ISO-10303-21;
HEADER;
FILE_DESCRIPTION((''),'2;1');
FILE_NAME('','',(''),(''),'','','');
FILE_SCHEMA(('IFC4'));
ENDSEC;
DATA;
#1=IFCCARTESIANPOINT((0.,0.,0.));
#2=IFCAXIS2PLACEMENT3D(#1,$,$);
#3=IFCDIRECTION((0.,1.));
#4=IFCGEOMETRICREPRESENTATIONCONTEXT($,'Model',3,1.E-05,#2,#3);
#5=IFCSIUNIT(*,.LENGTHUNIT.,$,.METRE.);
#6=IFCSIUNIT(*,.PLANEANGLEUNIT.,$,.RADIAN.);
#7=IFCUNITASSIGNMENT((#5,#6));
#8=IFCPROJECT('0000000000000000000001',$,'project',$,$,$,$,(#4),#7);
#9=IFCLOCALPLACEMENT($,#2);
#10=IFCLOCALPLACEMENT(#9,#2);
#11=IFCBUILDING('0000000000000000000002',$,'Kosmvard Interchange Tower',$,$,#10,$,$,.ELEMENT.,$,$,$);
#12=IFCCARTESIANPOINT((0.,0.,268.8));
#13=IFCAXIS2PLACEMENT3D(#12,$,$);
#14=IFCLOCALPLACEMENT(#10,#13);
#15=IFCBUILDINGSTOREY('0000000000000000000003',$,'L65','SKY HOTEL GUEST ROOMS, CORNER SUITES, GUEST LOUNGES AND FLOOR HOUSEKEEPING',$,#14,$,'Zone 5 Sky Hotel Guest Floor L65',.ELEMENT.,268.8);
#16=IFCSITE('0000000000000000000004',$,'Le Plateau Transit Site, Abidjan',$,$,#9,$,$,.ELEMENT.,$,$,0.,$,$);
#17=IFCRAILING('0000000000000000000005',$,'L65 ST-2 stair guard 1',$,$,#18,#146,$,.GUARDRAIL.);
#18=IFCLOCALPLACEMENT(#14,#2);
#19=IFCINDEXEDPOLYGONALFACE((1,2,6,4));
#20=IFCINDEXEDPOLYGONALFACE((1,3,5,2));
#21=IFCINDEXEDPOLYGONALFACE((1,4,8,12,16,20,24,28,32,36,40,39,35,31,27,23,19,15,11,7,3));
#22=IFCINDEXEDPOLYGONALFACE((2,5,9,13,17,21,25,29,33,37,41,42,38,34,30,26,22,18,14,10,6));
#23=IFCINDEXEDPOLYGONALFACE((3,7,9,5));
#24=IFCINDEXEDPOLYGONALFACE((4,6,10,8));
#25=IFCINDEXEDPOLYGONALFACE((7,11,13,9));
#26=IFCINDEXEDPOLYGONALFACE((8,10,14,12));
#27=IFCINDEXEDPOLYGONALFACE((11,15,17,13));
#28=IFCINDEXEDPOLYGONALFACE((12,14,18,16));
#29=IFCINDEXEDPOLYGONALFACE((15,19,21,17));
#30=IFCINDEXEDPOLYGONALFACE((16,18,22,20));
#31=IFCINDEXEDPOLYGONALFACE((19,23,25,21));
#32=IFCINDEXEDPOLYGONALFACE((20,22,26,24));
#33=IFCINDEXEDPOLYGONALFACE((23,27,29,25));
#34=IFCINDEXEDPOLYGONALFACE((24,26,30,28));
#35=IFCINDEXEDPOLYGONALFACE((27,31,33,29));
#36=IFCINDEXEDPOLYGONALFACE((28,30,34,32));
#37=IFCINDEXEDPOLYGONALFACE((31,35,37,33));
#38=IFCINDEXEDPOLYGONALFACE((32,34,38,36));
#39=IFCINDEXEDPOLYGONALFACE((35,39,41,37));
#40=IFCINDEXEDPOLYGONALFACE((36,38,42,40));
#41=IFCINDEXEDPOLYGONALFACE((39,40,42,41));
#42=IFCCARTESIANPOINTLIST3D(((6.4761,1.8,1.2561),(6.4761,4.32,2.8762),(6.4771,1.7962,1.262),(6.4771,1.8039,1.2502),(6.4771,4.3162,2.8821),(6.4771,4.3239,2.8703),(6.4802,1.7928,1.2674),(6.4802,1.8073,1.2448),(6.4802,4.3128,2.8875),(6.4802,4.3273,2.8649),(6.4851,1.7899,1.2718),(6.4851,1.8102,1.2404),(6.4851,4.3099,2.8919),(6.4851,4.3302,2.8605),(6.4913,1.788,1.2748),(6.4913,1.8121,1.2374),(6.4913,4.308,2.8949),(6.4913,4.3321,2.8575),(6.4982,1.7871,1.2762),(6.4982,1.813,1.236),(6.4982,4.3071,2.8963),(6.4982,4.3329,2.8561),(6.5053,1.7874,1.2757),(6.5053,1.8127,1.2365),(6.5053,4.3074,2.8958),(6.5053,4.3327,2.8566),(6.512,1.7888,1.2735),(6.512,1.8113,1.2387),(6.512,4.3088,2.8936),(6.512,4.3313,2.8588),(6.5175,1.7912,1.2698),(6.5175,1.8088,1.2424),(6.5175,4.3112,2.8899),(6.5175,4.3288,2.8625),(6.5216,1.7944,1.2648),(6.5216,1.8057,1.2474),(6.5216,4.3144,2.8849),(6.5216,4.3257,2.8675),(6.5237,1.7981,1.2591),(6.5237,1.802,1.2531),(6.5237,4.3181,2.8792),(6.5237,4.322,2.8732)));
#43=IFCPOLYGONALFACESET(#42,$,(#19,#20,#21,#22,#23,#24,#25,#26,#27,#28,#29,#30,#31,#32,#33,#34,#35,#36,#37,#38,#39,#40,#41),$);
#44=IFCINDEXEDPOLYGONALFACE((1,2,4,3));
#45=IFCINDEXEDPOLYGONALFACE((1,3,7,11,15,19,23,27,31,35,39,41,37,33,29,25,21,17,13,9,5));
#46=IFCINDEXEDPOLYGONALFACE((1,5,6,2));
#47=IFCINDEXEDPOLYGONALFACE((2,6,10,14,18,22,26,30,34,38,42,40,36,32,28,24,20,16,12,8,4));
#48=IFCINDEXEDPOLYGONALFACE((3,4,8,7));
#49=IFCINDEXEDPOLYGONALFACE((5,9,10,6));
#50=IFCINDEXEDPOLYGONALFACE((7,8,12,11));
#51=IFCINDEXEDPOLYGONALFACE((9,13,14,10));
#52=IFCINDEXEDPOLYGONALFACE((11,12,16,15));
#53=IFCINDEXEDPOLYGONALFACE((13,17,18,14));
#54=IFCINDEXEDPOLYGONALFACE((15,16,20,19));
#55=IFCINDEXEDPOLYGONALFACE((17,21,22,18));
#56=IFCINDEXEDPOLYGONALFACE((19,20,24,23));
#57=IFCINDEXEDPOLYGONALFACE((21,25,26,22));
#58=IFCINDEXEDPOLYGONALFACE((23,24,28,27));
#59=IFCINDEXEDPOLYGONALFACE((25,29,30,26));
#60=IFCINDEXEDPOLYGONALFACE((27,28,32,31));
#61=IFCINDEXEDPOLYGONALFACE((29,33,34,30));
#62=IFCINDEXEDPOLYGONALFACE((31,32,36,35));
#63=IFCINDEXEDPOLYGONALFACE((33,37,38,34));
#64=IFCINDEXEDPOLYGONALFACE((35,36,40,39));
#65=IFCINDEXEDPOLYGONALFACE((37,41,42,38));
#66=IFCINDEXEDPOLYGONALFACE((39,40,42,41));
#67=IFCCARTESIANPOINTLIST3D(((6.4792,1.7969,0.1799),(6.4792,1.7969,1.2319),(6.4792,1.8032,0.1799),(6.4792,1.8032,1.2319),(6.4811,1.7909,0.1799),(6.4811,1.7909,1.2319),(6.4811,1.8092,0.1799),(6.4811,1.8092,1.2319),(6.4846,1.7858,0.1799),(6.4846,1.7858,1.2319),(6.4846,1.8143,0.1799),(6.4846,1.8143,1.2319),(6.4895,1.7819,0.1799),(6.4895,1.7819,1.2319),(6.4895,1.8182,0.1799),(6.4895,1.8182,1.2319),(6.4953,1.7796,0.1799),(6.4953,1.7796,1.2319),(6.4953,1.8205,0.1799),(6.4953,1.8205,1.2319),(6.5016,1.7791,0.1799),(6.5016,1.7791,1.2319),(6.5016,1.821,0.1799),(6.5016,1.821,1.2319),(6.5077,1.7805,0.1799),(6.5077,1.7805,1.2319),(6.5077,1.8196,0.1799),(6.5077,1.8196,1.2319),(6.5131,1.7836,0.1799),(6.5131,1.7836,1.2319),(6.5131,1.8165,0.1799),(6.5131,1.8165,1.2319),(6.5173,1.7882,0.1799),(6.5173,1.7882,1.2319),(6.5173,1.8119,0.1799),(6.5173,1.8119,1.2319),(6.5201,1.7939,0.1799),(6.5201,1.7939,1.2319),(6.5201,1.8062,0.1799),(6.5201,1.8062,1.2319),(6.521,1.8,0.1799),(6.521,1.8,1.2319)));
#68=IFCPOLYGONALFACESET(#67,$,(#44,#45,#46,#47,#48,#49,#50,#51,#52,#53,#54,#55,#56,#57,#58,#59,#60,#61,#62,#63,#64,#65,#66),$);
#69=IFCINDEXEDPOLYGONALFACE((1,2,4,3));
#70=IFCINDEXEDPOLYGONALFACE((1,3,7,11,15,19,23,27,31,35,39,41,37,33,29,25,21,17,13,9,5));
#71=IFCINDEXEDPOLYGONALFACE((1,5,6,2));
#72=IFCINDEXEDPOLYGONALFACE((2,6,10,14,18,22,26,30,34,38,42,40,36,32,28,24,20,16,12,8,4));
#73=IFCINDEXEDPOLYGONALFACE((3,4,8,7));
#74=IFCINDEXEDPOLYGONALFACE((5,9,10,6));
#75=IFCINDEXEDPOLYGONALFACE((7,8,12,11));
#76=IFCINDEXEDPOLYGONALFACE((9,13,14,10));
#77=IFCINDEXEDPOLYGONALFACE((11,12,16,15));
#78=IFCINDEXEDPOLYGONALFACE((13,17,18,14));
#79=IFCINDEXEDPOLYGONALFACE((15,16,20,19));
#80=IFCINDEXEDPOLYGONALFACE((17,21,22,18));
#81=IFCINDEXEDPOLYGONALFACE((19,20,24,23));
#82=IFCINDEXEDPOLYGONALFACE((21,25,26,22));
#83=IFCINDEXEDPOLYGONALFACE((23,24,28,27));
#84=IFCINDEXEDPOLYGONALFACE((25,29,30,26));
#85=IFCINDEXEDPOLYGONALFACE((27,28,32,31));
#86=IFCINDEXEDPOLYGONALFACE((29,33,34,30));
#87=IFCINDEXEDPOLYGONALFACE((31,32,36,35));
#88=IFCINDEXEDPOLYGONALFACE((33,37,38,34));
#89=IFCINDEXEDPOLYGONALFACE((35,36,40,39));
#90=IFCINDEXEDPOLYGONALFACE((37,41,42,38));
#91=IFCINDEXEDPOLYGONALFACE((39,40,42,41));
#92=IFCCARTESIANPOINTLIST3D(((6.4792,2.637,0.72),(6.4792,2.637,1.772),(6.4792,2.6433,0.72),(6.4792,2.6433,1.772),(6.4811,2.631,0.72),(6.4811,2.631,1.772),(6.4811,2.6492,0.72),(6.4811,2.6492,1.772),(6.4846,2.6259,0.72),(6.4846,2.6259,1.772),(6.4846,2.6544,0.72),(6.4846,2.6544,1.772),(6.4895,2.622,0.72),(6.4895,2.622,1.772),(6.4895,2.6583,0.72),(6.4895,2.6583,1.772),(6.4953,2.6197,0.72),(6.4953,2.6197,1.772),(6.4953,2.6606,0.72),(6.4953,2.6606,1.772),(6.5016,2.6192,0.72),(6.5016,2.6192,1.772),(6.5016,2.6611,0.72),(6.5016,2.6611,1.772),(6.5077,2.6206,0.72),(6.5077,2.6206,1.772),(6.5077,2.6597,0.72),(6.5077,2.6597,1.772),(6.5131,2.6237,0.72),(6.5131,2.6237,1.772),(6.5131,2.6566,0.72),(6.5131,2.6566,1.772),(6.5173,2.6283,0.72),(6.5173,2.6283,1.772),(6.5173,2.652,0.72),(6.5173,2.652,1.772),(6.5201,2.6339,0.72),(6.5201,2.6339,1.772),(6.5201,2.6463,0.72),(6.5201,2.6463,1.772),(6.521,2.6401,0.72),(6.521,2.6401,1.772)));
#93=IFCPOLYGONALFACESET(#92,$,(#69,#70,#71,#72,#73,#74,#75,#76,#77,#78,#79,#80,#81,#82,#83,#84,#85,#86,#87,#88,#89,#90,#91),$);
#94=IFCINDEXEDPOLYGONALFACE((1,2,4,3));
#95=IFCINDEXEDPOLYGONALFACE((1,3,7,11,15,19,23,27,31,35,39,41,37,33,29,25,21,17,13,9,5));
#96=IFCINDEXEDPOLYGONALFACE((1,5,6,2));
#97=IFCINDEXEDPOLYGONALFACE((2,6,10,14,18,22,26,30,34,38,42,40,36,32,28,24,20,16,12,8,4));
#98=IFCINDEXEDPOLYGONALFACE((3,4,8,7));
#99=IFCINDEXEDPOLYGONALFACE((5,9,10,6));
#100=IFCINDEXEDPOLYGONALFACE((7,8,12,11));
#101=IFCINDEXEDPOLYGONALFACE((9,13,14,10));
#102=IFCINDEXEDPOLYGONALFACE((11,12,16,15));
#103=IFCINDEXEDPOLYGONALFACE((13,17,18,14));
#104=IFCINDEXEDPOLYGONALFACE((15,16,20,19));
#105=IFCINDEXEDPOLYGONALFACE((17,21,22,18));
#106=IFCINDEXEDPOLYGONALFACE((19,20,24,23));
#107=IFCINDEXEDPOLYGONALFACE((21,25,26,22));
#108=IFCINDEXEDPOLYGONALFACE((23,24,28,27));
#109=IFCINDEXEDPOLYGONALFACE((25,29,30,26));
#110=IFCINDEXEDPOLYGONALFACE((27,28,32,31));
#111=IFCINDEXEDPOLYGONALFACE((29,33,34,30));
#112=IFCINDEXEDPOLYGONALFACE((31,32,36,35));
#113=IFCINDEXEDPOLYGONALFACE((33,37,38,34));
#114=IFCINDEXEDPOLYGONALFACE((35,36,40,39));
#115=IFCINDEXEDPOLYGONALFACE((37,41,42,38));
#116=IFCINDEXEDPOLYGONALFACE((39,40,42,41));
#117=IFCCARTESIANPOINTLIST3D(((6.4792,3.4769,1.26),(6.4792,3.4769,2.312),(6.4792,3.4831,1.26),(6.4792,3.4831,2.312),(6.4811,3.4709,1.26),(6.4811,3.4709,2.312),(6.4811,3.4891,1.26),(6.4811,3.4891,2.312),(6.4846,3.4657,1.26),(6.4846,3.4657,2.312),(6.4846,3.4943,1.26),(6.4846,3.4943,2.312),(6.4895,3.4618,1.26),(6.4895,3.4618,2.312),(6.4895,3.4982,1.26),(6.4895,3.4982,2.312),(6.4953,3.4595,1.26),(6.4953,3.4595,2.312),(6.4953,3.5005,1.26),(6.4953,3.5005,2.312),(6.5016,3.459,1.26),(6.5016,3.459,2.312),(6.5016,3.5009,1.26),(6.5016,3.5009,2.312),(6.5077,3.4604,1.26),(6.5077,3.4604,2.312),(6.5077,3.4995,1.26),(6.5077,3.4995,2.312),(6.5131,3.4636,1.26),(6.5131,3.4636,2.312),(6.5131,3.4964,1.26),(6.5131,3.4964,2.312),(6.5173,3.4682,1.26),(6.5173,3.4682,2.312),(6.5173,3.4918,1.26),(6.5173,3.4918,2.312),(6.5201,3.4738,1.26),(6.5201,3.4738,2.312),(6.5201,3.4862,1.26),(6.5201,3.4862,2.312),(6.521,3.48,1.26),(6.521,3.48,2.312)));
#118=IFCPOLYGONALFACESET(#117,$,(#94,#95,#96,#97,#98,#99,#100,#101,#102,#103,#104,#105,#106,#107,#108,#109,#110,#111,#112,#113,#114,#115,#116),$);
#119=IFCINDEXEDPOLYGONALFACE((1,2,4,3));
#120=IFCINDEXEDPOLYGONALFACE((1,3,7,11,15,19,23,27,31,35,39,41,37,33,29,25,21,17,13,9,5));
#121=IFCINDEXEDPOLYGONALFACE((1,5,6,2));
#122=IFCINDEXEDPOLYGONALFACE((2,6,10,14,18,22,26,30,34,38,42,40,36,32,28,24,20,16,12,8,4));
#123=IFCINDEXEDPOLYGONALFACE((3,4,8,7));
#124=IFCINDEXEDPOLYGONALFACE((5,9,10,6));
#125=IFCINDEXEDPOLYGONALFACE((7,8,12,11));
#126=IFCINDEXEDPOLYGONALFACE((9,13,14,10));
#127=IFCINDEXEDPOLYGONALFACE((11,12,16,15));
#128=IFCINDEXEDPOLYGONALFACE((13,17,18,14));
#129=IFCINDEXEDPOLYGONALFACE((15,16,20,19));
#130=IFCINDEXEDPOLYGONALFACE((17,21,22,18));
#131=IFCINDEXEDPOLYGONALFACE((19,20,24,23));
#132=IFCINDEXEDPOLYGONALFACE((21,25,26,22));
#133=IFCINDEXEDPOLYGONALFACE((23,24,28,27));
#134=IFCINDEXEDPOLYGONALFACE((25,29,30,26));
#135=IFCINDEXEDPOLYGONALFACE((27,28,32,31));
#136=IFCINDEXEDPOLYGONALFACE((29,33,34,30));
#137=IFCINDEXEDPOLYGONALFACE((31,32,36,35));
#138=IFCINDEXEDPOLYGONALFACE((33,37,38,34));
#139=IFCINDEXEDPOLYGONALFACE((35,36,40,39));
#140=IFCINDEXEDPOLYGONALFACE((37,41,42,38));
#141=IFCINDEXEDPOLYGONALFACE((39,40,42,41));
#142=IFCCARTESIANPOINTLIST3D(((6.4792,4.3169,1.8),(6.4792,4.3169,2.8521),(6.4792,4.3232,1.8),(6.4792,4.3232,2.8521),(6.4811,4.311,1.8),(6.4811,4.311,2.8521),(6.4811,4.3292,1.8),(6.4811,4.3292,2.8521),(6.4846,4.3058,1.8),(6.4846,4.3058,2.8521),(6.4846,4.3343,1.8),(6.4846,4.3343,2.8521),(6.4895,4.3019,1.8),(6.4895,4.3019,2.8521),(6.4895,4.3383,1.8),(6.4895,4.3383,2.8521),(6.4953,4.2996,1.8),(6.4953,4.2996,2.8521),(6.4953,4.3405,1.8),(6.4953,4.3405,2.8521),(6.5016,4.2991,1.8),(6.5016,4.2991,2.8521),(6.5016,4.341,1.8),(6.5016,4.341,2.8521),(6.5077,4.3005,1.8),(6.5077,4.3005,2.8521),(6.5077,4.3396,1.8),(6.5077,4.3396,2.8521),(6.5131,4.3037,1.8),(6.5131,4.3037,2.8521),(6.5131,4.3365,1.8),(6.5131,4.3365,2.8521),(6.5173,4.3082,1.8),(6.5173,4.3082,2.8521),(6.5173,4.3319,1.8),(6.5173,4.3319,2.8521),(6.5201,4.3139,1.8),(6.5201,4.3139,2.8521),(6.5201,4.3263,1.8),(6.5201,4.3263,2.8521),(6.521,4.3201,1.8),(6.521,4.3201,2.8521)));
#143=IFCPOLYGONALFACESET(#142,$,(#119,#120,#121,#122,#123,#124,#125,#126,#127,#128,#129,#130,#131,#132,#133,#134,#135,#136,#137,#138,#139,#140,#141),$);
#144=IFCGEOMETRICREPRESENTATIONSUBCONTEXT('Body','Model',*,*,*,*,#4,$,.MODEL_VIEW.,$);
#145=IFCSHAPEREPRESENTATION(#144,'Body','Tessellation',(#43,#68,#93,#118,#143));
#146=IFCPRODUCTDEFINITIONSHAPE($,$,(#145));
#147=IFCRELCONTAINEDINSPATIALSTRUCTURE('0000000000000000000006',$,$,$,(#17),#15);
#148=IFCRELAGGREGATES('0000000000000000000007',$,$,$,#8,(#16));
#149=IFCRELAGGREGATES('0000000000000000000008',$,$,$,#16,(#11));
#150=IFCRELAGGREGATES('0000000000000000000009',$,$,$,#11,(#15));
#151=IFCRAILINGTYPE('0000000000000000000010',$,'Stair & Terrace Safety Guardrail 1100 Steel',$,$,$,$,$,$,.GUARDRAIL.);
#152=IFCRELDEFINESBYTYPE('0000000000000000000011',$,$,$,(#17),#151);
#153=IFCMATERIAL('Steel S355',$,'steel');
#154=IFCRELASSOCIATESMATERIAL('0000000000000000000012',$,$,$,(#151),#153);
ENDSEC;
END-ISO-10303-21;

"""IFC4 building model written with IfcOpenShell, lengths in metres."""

from ifc_helpers import new_model, si_unit, direction, frame, origin, origin_2d, place, context, subcontext, project, spatial, circle, extrude, source, transform, mapped, material, type_object, element, save


model = new_model("IFC4")

# Units and contexts
model_context = context("Model", 3, precision=1e-05, world=origin(), true_north=direction((0.0, 1.0)))
body_context = subcontext(model_context, "Body", "Model", "MODEL_VIEW")
ifc_project = project(units=[si_unit("LENGTHUNIT", "METRE"), si_unit("PLANEANGLEUNIT", "RADIAN")], contexts=[model_context])

# Site, building, storey
site_placement = place(None, origin())
site = spatial("IfcSite", under=ifc_project, at=site_placement, Name="Le Plateau Transit Site, Abidjan", CompositionType="ELEMENT", RefElevation=0.0)
building_placement = place(site_placement, origin())
building = spatial("IfcBuilding", under=site, at=building_placement, Name="Kosmvard Interchange Tower", CompositionType="ELEMENT")
storey_placement = place(building_placement, frame((0.0, 0.0, 268.8)))
storey = spatial("IfcBuildingStorey", under=building, at=storey_placement, Name="L65", Description="SKY HOTEL GUEST ROOMS, CORNER SUITES, GUEST LOUNGES AND FLOOR HOUSEKEEPING", LongName="Zone 5 Sky Hotel Guest Floor L65", CompositionType="ELEMENT", Elevation=268.8)

# Shared definitions
ifc_material_1 = material(Name="Steel S355", Category="steel")

# Railing
railing_type_1 = type_object("IfcRailingType", Name="Stair & Terrace Safety Guardrail 1100 Steel", PredefinedType="GUARDRAIL", material=ifc_material_1)
shared_shape_1 = source(origin(), body_context, "Body", "SweptSolid", [
    extrude(circle(Radius=0.0239, at=origin_2d()), frame((0.0, 0.0, 1.0762), z_axis=(0.0, 0.841163, 0.540782), x_axis=(-1.0, 0.0, 0.0)), (0.0, 0.0, 1.0), 2.9958),
    extrude(circle(Radius=0.021, at=origin_2d()), origin(), (0.0, 0.0, 1.0), 1.052),
    extrude(circle(Radius=0.021, at=origin_2d()), frame((0.0, 0.8401, 0.54)), (0.0, 0.0, 1.0), 1.052),
    extrude(circle(Radius=0.021, at=origin_2d()), frame((0.0, 1.6799, 1.0801)), (0.0, 0.0, 1.0), 1.052),
    extrude(circle(Radius=0.021, at=origin_2d()), frame((0.0, 2.52, 1.6201)), (0.0, 0.0, 1.0), 1.052),
])
railing_1_placement = place(storey_placement, frame((6.5, 1.8, 0.1799)))
element("IfcRailing", 1, at=railing_1_placement, inside=storey, type_object=railing_type_1, Name="L65 ST-2 stair guard 1", PredefinedType="GUARDRAIL", context=body_context, shape_type="MappedRepresentation", body=[
    mapped(shared_shape_1, transform((0.0, 0.0, 0.0), scale=1.0)),
])

save(model, "model.ifc")
